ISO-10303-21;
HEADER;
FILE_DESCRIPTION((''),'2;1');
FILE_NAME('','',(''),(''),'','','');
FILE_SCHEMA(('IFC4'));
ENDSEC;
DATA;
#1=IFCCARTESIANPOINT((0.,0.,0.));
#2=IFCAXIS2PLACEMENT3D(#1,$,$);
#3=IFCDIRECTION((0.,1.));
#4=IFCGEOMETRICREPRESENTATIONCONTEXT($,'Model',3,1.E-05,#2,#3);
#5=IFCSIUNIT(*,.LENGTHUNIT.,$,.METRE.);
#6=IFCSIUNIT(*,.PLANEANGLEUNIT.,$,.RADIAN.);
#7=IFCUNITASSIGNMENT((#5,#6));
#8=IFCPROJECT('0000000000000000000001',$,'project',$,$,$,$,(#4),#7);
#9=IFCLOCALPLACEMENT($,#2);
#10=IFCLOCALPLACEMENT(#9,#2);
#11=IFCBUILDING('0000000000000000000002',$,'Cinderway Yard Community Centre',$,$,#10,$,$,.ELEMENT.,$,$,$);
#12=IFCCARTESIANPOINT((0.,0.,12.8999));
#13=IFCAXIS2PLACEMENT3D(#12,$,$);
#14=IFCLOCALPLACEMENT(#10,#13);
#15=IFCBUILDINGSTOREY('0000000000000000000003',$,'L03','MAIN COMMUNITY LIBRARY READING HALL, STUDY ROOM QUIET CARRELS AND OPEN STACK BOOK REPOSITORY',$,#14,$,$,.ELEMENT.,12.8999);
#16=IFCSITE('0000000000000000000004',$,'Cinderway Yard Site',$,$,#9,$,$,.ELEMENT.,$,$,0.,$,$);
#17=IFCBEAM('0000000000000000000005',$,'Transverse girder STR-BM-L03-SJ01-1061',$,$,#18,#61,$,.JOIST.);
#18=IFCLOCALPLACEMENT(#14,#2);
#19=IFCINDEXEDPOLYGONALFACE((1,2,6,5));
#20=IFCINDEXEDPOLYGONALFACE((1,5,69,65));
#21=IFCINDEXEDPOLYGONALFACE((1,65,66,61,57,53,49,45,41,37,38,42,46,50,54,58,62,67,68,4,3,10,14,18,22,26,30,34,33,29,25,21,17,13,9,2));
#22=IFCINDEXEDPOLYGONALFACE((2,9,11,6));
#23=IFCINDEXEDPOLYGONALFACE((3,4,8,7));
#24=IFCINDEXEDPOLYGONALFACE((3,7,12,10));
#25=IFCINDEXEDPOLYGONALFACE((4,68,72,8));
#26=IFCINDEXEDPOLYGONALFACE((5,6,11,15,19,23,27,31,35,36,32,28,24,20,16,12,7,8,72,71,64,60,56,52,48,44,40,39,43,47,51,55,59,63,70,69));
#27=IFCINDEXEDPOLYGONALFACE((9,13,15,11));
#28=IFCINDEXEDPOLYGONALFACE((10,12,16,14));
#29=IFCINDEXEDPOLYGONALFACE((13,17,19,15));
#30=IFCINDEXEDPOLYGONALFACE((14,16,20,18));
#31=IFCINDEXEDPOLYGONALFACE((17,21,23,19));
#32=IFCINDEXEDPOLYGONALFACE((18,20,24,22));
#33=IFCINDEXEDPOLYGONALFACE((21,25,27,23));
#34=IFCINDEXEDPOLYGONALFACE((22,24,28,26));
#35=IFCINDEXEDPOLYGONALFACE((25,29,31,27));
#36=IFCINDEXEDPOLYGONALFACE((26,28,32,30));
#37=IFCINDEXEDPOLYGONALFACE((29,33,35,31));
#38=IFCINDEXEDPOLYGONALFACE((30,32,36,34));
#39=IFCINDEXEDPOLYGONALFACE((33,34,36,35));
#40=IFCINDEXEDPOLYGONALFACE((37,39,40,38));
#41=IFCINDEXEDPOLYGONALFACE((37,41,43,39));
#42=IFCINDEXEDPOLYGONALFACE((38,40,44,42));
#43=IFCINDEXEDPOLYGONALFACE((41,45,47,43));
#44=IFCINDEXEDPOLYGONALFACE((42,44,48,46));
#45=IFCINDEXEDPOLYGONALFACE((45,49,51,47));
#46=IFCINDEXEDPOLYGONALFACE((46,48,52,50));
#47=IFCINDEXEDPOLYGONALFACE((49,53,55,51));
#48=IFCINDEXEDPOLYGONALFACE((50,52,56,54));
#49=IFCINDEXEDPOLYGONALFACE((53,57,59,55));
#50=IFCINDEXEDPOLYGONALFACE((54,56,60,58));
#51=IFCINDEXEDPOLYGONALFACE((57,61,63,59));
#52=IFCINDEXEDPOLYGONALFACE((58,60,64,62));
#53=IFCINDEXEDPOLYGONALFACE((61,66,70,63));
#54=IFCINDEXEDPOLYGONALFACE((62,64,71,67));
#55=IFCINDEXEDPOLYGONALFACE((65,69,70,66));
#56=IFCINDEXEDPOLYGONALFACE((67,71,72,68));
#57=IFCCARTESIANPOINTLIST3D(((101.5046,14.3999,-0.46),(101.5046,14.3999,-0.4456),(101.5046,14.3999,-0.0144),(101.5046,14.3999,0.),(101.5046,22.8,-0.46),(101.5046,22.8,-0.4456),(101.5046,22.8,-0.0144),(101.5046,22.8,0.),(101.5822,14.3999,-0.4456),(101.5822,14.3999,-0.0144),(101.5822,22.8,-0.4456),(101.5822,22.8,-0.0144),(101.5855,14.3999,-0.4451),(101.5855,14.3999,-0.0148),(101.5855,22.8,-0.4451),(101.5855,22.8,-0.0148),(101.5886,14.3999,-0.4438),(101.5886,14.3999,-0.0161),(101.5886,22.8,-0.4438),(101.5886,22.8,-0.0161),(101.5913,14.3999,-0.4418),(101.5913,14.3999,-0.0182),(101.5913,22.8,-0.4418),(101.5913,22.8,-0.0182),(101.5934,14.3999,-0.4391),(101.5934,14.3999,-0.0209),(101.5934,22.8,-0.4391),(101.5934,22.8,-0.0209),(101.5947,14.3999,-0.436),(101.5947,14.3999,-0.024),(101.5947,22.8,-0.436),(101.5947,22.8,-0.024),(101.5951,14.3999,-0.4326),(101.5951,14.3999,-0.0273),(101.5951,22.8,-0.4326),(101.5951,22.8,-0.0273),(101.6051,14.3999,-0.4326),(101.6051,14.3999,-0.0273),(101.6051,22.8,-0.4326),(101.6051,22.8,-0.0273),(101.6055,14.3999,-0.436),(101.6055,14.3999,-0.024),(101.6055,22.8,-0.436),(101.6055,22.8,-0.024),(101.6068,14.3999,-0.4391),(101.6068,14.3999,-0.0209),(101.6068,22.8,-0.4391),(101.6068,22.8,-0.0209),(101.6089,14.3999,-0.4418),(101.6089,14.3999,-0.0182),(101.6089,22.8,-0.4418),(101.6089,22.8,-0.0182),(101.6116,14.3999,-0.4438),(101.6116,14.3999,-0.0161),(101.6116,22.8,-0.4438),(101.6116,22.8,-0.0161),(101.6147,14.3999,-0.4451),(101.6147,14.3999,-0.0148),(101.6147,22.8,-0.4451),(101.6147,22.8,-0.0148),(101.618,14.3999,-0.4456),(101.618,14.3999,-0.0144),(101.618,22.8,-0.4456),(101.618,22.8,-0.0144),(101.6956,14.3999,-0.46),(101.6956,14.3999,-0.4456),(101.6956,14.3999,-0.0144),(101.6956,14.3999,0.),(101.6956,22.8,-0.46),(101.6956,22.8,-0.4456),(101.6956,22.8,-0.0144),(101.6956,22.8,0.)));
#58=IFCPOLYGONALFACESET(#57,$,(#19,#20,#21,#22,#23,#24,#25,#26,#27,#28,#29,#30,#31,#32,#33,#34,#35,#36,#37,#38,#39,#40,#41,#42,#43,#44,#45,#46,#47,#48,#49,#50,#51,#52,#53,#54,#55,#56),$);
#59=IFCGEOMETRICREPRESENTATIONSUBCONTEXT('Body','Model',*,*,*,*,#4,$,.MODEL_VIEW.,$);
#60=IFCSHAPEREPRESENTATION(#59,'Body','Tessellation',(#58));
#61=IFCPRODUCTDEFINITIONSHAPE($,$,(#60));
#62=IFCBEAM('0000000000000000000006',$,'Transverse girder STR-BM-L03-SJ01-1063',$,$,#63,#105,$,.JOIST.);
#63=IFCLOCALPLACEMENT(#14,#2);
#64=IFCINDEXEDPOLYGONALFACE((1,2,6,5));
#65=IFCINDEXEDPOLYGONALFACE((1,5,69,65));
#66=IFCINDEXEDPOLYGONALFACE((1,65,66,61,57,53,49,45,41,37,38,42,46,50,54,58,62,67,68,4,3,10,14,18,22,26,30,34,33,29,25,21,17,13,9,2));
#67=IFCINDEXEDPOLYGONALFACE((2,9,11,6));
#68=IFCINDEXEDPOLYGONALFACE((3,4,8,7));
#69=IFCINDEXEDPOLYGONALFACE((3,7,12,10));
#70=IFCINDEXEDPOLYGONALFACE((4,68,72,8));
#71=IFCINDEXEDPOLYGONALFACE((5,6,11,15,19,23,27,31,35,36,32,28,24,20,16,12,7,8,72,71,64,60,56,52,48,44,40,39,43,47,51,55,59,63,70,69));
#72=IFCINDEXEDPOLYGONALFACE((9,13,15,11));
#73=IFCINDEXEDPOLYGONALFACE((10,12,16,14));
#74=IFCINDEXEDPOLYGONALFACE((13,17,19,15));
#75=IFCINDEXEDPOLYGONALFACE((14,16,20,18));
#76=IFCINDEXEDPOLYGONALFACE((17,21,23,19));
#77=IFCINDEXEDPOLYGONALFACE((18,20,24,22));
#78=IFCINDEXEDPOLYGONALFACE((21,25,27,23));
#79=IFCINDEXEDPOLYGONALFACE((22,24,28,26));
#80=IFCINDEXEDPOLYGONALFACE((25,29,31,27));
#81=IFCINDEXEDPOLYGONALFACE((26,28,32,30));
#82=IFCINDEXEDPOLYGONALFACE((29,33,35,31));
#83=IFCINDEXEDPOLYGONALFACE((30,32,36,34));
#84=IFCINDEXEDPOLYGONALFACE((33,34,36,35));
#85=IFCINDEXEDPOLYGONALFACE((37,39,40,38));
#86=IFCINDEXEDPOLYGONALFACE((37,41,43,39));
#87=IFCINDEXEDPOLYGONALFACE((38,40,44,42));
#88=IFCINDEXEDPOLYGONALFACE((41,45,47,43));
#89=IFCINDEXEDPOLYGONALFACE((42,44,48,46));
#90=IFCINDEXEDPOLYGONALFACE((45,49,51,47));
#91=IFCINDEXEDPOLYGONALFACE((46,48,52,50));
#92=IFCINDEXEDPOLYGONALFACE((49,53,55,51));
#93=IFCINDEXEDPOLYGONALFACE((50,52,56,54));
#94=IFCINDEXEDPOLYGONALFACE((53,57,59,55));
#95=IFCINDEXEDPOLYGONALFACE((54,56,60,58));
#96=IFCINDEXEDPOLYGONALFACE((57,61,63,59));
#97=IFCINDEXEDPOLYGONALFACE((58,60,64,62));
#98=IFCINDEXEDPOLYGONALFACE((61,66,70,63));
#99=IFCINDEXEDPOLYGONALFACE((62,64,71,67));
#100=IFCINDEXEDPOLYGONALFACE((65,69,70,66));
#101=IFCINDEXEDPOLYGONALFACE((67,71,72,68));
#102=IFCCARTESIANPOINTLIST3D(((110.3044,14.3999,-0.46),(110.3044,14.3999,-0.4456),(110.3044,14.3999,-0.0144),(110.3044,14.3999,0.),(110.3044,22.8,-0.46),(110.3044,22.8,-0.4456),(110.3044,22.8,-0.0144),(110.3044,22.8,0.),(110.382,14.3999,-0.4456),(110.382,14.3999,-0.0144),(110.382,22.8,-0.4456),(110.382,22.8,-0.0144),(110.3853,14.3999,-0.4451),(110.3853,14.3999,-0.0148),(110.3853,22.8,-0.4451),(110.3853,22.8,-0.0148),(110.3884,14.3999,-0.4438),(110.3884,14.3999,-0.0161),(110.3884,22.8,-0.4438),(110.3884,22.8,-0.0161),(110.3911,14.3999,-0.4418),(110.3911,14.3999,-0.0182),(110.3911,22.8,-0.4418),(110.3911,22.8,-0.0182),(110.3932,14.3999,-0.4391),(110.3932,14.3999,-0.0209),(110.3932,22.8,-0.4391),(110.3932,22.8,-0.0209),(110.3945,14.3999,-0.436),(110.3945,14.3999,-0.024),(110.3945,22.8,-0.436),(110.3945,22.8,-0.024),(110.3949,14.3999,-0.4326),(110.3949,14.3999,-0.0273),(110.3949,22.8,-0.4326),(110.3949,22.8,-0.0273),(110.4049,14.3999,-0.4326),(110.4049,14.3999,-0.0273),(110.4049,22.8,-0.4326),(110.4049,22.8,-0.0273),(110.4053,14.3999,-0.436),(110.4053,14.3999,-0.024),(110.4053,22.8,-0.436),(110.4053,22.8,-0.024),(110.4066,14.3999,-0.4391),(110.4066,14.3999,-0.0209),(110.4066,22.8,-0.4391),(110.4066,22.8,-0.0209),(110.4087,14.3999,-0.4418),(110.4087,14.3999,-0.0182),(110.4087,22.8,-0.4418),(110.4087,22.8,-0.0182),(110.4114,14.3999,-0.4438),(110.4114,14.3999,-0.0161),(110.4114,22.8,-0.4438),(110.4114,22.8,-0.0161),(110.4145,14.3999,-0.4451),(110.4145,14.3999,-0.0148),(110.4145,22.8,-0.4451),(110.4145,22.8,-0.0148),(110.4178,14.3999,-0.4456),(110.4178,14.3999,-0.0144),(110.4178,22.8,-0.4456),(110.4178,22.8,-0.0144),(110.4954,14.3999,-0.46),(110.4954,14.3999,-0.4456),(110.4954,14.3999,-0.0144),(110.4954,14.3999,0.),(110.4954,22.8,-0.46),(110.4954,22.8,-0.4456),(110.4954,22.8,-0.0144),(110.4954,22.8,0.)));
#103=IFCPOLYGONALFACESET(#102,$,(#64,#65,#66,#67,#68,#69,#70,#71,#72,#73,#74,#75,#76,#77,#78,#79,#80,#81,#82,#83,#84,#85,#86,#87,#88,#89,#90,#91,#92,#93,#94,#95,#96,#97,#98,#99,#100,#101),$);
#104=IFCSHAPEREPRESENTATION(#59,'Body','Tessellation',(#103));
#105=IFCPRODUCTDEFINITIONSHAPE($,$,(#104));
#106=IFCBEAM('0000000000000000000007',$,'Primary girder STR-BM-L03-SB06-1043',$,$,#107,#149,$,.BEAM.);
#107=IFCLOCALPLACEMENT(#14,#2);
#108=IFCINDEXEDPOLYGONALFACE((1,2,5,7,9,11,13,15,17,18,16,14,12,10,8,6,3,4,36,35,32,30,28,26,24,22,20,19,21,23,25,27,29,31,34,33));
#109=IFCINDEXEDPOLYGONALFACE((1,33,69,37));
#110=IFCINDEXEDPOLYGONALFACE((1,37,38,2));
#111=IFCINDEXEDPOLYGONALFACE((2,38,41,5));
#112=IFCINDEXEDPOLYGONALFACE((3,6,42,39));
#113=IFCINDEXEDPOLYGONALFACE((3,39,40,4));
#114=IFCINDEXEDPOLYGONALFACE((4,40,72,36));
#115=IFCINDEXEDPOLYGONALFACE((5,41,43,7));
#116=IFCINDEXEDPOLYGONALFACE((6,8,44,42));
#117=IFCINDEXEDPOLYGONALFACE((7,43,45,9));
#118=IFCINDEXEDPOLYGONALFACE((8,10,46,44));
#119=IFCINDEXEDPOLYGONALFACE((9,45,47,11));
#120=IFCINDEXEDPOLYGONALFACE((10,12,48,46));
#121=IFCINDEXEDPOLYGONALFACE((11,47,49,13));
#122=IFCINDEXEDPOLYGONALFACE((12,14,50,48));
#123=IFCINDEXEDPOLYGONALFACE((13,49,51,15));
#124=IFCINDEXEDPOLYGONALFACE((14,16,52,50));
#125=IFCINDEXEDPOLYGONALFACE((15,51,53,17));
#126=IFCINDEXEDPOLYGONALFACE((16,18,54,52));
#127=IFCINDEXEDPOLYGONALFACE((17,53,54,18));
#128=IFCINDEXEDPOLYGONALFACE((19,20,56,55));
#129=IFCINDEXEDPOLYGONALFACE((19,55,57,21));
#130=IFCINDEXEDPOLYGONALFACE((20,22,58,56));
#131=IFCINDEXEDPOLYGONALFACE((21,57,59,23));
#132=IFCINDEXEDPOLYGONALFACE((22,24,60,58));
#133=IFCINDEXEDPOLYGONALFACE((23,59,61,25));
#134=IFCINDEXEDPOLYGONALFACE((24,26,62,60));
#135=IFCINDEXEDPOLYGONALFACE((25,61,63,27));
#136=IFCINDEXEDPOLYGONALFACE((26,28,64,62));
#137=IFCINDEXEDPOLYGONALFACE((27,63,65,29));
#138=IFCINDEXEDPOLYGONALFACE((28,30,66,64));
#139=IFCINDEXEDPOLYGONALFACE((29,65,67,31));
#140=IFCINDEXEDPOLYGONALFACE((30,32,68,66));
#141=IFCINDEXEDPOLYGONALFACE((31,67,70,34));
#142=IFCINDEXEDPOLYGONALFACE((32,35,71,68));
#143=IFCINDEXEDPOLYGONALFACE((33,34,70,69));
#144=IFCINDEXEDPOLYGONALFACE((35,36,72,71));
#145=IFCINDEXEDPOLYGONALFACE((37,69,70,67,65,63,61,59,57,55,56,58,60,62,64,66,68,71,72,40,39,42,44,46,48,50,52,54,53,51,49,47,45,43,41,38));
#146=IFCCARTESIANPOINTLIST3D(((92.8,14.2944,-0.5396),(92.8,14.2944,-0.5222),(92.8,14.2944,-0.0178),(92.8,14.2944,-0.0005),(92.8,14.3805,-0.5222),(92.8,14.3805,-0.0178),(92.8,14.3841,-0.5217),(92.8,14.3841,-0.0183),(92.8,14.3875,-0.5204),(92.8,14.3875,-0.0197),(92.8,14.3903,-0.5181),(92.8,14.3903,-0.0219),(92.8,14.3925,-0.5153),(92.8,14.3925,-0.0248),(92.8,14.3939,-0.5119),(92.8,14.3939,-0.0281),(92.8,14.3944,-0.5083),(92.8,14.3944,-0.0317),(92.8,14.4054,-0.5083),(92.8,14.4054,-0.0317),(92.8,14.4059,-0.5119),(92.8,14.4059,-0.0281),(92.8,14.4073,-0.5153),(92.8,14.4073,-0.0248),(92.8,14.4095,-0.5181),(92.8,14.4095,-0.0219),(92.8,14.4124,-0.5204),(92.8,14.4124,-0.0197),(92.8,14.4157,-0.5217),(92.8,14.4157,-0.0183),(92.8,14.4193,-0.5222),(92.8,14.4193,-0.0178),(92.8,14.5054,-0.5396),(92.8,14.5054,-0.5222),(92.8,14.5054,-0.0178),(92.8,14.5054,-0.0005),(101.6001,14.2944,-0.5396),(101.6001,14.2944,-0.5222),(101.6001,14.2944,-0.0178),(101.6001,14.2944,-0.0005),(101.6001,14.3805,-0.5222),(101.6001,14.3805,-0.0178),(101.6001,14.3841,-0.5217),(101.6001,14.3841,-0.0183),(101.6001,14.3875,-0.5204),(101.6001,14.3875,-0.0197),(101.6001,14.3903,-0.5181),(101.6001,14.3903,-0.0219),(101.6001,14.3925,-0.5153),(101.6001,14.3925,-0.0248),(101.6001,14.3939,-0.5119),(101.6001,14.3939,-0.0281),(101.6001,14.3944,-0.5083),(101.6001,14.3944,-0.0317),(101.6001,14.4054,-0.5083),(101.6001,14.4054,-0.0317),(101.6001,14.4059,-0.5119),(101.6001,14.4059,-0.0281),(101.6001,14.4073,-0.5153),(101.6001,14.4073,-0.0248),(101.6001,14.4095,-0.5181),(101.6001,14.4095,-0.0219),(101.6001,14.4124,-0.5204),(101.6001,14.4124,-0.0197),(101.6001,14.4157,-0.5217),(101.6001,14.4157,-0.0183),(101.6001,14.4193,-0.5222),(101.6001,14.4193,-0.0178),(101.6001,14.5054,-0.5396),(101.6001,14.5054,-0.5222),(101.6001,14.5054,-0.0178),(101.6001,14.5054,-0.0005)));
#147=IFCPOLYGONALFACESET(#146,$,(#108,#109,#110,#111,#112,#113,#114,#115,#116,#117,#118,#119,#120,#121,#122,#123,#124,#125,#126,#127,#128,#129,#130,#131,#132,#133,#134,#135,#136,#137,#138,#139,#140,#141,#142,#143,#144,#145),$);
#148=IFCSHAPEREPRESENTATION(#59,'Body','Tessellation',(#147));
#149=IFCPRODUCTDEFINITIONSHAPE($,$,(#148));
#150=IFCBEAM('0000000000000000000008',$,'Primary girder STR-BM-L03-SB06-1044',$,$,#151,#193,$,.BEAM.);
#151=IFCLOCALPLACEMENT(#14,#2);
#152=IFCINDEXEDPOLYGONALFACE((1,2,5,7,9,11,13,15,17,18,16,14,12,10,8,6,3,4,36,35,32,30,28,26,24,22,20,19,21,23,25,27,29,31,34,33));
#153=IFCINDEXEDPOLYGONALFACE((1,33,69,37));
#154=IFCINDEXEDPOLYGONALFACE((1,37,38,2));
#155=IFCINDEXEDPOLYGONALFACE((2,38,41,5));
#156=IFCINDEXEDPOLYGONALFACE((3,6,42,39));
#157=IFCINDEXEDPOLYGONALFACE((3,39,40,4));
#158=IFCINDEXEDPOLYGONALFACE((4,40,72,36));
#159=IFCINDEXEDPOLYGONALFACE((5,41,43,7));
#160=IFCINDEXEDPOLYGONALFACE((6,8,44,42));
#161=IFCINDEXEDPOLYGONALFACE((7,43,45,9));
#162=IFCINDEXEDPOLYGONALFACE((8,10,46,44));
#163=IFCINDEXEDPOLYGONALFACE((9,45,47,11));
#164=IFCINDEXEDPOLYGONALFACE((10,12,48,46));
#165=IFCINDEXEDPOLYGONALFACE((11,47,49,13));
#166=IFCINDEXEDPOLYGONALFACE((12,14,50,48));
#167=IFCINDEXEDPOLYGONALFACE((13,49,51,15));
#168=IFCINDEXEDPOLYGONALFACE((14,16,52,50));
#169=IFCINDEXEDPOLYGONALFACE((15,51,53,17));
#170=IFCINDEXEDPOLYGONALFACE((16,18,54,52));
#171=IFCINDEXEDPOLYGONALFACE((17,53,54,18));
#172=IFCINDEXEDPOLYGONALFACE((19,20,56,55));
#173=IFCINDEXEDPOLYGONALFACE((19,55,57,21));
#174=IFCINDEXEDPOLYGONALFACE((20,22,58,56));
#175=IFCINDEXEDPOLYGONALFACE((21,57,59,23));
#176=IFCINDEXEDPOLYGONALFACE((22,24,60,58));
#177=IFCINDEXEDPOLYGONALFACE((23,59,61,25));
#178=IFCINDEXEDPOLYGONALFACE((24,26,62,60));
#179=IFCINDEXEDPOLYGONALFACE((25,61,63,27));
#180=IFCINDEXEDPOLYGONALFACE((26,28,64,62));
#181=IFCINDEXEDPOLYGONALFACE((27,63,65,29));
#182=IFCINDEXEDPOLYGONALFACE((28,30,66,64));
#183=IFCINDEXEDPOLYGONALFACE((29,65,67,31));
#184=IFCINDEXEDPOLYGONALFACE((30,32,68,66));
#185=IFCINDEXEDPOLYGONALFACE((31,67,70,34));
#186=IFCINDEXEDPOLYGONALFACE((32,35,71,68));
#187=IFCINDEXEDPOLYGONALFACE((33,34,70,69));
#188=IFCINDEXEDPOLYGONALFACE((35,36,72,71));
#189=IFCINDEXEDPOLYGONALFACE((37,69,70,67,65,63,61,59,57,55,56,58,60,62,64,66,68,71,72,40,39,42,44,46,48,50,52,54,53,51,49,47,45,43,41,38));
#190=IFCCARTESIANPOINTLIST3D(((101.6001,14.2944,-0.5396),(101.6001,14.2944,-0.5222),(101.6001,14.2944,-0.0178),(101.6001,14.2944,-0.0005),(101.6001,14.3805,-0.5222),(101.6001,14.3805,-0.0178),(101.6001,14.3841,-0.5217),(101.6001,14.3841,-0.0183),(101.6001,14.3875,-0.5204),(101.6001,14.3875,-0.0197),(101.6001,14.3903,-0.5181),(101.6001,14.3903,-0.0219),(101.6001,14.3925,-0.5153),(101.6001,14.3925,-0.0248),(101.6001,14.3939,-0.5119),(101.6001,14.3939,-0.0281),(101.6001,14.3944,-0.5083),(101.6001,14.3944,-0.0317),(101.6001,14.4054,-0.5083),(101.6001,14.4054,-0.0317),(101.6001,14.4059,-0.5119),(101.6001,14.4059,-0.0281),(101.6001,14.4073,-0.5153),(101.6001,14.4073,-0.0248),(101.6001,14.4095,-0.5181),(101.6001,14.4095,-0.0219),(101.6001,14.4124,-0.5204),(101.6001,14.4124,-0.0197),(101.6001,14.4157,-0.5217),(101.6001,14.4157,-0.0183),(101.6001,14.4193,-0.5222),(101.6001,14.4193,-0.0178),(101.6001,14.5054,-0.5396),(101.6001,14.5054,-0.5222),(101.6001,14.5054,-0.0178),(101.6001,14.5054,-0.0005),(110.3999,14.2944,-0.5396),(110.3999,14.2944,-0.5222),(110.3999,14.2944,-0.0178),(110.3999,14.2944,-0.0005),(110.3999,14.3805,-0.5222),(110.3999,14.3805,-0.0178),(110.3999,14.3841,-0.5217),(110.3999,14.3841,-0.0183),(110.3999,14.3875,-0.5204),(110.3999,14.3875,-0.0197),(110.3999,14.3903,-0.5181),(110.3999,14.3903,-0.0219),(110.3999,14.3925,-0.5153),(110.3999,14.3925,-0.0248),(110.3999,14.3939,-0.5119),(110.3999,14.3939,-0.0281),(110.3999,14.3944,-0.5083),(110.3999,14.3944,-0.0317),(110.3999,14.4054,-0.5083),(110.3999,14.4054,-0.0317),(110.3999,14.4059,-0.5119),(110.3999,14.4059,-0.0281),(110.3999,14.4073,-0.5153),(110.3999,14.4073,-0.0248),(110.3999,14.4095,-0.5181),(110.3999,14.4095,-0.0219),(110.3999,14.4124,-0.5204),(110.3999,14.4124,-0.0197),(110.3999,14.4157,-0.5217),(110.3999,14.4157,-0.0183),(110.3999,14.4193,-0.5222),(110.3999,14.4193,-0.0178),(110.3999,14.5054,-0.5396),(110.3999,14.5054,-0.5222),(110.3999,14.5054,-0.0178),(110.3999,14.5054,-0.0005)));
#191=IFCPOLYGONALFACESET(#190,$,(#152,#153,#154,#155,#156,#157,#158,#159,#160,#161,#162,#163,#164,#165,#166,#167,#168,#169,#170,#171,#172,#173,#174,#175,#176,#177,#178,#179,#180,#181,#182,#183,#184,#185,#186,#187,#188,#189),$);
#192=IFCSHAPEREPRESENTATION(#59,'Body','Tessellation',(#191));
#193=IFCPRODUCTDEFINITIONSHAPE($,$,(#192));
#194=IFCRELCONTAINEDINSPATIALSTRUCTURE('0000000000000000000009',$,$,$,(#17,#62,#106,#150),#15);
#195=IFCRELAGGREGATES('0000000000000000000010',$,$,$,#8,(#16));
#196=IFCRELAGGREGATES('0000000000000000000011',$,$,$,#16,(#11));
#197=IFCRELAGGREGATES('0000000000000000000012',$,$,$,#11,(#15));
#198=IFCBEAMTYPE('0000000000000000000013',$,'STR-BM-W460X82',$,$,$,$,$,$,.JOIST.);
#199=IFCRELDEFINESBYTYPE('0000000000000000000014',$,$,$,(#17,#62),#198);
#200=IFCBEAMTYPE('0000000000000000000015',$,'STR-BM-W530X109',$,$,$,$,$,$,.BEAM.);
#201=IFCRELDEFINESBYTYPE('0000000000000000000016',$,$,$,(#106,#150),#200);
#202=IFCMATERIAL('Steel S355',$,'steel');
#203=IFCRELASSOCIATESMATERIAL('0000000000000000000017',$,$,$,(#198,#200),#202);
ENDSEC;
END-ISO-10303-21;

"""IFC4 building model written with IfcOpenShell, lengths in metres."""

from ifc_helpers import new_model, si_unit, direction, frame, origin, origin_2d, place, context, subcontext, project, spatial, i_section, extrude, material, material_profile, profile_set, type_object, element, save


model = new_model("IFC4")

# Units and contexts
model_context = context("Model", 3, precision=1e-05, world=origin(), true_north=direction((0.0, 1.0)))
body_context = subcontext(model_context, "Body", "Model", "MODEL_VIEW")
ifc_project = project(units=[si_unit("LENGTHUNIT", "METRE"), si_unit("PLANEANGLEUNIT", "RADIAN")], contexts=[model_context])

# Site, building, storey
site_placement = place(None, origin())
site = spatial("IfcSite", under=ifc_project, at=site_placement, Name="Cinderway Yard Site", CompositionType="ELEMENT", RefElevation=0.0)
building_placement = place(site_placement, origin())
building = spatial("IfcBuilding", under=site, at=building_placement, Name="Cinderway Yard Community Centre", CompositionType="ELEMENT")
storey_placement = place(building_placement, frame((0.0, 0.0, 12.8999)))
storey = spatial("IfcBuildingStorey", under=building, at=storey_placement, Name="L03", Description="MAIN COMMUNITY LIBRARY READING HALL, STUDY ROOM QUIET CARRELS AND OPEN STACK BOOK REPOSITORY", CompositionType="ELEMENT", Elevation=12.8999)

# Shared definitions
ifc_material = material(Name="Steel S355", Category="steel")

# Beams
ifc_material_profile_1 = material_profile(ifc_material, i_section(OverallWidth=0.1909, OverallDepth=0.46, WebThickness=0.01, FlangeThickness=0.0144, FilletRadius=0.0129, at=origin_2d()), Name="Steel S355")
ifc_profile_set_1 = profile_set([ifc_material_profile_1], Name="Steel S355")
beam_type_1 = type_object("IfcBeamType", Name="STR-BM-W460X82", PredefinedType="JOIST", material=ifc_profile_set_1)
for number, where, z_axis, x_axis, name in (
    (1, (101.6001, 14.3999, -0.23), (0.0, 1.0, 0.0), (-1.0, 0.0, 0.0), "Transverse girder STR-BM-L03-SJ01-1061"),
    (2, (110.3999, 14.3999, -0.23), (0.0, 1.0, 0.0), (-1.0, 0.0, 0.0), "Transverse girder STR-BM-L03-SJ01-1063"),
):
    element("IfcBeam", number, at=place(storey_placement, frame(where, z_axis=z_axis, x_axis=x_axis)), inside=storey, type_object=beam_type_1, Name=name, PredefinedType="JOIST", context=body_context, shape_type="SweptSolid", body=[
        extrude(i_section(OverallWidth=0.1909, OverallDepth=0.46, WebThickness=0.01, FlangeThickness=0.0144, FilletRadius=0.0129, at=origin_2d()), origin(), (0.0, 0.0, 1.0), 8.4001),
    ])
ifc_material_profile_2 = material_profile(ifc_material, i_section(OverallWidth=0.2109, OverallDepth=0.5391, WebThickness=0.011, FlangeThickness=0.0173, FilletRadius=0.0139, at=origin_2d()), Name="Steel S355")
ifc_profile_set_2 = profile_set([ifc_material_profile_2], Name="Steel S355")
beam_type_2 = type_object("IfcBeamType", Name="STR-BM-W530X109", PredefinedType="BEAM", material=ifc_profile_set_2)
beam_1_placement = place(storey_placement, frame((92.8, 14.3999, -0.27), z_axis=(1.0, 0.0, 0.0), x_axis=(0.0, 1.0, 0.0)))
element("IfcBeam", 3, at=beam_1_placement, inside=storey, type_object=beam_type_2, Name="Primary girder STR-BM-L03-SB06-1043", PredefinedType="BEAM", context=body_context, shape_type="SweptSolid", body=[
    extrude(i_section(OverallWidth=0.2109, OverallDepth=0.5391, WebThickness=0.011, FlangeThickness=0.0173, FilletRadius=0.0139, at=origin_2d()), origin(), (0.0, 0.0, 1.0), 8.8),
])
beam_2_placement = place(storey_placement, frame((101.6001, 14.3999, -0.27), z_axis=(1.0, 0.0, 0.0), x_axis=(0.0, 1.0, 0.0)))
element("IfcBeam", 4, at=beam_2_placement, inside=storey, type_object=beam_type_2, Name="Primary girder STR-BM-L03-SB06-1044", PredefinedType="BEAM", context=body_context, shape_type="SweptSolid", body=[
    extrude(i_section(OverallWidth=0.2109, OverallDepth=0.5391, WebThickness=0.011, FlangeThickness=0.0173, FilletRadius=0.0139, at=origin_2d()), origin(), (0.0, 0.0, 1.0), 8.7998),
])

save(model, "model.ifc")
